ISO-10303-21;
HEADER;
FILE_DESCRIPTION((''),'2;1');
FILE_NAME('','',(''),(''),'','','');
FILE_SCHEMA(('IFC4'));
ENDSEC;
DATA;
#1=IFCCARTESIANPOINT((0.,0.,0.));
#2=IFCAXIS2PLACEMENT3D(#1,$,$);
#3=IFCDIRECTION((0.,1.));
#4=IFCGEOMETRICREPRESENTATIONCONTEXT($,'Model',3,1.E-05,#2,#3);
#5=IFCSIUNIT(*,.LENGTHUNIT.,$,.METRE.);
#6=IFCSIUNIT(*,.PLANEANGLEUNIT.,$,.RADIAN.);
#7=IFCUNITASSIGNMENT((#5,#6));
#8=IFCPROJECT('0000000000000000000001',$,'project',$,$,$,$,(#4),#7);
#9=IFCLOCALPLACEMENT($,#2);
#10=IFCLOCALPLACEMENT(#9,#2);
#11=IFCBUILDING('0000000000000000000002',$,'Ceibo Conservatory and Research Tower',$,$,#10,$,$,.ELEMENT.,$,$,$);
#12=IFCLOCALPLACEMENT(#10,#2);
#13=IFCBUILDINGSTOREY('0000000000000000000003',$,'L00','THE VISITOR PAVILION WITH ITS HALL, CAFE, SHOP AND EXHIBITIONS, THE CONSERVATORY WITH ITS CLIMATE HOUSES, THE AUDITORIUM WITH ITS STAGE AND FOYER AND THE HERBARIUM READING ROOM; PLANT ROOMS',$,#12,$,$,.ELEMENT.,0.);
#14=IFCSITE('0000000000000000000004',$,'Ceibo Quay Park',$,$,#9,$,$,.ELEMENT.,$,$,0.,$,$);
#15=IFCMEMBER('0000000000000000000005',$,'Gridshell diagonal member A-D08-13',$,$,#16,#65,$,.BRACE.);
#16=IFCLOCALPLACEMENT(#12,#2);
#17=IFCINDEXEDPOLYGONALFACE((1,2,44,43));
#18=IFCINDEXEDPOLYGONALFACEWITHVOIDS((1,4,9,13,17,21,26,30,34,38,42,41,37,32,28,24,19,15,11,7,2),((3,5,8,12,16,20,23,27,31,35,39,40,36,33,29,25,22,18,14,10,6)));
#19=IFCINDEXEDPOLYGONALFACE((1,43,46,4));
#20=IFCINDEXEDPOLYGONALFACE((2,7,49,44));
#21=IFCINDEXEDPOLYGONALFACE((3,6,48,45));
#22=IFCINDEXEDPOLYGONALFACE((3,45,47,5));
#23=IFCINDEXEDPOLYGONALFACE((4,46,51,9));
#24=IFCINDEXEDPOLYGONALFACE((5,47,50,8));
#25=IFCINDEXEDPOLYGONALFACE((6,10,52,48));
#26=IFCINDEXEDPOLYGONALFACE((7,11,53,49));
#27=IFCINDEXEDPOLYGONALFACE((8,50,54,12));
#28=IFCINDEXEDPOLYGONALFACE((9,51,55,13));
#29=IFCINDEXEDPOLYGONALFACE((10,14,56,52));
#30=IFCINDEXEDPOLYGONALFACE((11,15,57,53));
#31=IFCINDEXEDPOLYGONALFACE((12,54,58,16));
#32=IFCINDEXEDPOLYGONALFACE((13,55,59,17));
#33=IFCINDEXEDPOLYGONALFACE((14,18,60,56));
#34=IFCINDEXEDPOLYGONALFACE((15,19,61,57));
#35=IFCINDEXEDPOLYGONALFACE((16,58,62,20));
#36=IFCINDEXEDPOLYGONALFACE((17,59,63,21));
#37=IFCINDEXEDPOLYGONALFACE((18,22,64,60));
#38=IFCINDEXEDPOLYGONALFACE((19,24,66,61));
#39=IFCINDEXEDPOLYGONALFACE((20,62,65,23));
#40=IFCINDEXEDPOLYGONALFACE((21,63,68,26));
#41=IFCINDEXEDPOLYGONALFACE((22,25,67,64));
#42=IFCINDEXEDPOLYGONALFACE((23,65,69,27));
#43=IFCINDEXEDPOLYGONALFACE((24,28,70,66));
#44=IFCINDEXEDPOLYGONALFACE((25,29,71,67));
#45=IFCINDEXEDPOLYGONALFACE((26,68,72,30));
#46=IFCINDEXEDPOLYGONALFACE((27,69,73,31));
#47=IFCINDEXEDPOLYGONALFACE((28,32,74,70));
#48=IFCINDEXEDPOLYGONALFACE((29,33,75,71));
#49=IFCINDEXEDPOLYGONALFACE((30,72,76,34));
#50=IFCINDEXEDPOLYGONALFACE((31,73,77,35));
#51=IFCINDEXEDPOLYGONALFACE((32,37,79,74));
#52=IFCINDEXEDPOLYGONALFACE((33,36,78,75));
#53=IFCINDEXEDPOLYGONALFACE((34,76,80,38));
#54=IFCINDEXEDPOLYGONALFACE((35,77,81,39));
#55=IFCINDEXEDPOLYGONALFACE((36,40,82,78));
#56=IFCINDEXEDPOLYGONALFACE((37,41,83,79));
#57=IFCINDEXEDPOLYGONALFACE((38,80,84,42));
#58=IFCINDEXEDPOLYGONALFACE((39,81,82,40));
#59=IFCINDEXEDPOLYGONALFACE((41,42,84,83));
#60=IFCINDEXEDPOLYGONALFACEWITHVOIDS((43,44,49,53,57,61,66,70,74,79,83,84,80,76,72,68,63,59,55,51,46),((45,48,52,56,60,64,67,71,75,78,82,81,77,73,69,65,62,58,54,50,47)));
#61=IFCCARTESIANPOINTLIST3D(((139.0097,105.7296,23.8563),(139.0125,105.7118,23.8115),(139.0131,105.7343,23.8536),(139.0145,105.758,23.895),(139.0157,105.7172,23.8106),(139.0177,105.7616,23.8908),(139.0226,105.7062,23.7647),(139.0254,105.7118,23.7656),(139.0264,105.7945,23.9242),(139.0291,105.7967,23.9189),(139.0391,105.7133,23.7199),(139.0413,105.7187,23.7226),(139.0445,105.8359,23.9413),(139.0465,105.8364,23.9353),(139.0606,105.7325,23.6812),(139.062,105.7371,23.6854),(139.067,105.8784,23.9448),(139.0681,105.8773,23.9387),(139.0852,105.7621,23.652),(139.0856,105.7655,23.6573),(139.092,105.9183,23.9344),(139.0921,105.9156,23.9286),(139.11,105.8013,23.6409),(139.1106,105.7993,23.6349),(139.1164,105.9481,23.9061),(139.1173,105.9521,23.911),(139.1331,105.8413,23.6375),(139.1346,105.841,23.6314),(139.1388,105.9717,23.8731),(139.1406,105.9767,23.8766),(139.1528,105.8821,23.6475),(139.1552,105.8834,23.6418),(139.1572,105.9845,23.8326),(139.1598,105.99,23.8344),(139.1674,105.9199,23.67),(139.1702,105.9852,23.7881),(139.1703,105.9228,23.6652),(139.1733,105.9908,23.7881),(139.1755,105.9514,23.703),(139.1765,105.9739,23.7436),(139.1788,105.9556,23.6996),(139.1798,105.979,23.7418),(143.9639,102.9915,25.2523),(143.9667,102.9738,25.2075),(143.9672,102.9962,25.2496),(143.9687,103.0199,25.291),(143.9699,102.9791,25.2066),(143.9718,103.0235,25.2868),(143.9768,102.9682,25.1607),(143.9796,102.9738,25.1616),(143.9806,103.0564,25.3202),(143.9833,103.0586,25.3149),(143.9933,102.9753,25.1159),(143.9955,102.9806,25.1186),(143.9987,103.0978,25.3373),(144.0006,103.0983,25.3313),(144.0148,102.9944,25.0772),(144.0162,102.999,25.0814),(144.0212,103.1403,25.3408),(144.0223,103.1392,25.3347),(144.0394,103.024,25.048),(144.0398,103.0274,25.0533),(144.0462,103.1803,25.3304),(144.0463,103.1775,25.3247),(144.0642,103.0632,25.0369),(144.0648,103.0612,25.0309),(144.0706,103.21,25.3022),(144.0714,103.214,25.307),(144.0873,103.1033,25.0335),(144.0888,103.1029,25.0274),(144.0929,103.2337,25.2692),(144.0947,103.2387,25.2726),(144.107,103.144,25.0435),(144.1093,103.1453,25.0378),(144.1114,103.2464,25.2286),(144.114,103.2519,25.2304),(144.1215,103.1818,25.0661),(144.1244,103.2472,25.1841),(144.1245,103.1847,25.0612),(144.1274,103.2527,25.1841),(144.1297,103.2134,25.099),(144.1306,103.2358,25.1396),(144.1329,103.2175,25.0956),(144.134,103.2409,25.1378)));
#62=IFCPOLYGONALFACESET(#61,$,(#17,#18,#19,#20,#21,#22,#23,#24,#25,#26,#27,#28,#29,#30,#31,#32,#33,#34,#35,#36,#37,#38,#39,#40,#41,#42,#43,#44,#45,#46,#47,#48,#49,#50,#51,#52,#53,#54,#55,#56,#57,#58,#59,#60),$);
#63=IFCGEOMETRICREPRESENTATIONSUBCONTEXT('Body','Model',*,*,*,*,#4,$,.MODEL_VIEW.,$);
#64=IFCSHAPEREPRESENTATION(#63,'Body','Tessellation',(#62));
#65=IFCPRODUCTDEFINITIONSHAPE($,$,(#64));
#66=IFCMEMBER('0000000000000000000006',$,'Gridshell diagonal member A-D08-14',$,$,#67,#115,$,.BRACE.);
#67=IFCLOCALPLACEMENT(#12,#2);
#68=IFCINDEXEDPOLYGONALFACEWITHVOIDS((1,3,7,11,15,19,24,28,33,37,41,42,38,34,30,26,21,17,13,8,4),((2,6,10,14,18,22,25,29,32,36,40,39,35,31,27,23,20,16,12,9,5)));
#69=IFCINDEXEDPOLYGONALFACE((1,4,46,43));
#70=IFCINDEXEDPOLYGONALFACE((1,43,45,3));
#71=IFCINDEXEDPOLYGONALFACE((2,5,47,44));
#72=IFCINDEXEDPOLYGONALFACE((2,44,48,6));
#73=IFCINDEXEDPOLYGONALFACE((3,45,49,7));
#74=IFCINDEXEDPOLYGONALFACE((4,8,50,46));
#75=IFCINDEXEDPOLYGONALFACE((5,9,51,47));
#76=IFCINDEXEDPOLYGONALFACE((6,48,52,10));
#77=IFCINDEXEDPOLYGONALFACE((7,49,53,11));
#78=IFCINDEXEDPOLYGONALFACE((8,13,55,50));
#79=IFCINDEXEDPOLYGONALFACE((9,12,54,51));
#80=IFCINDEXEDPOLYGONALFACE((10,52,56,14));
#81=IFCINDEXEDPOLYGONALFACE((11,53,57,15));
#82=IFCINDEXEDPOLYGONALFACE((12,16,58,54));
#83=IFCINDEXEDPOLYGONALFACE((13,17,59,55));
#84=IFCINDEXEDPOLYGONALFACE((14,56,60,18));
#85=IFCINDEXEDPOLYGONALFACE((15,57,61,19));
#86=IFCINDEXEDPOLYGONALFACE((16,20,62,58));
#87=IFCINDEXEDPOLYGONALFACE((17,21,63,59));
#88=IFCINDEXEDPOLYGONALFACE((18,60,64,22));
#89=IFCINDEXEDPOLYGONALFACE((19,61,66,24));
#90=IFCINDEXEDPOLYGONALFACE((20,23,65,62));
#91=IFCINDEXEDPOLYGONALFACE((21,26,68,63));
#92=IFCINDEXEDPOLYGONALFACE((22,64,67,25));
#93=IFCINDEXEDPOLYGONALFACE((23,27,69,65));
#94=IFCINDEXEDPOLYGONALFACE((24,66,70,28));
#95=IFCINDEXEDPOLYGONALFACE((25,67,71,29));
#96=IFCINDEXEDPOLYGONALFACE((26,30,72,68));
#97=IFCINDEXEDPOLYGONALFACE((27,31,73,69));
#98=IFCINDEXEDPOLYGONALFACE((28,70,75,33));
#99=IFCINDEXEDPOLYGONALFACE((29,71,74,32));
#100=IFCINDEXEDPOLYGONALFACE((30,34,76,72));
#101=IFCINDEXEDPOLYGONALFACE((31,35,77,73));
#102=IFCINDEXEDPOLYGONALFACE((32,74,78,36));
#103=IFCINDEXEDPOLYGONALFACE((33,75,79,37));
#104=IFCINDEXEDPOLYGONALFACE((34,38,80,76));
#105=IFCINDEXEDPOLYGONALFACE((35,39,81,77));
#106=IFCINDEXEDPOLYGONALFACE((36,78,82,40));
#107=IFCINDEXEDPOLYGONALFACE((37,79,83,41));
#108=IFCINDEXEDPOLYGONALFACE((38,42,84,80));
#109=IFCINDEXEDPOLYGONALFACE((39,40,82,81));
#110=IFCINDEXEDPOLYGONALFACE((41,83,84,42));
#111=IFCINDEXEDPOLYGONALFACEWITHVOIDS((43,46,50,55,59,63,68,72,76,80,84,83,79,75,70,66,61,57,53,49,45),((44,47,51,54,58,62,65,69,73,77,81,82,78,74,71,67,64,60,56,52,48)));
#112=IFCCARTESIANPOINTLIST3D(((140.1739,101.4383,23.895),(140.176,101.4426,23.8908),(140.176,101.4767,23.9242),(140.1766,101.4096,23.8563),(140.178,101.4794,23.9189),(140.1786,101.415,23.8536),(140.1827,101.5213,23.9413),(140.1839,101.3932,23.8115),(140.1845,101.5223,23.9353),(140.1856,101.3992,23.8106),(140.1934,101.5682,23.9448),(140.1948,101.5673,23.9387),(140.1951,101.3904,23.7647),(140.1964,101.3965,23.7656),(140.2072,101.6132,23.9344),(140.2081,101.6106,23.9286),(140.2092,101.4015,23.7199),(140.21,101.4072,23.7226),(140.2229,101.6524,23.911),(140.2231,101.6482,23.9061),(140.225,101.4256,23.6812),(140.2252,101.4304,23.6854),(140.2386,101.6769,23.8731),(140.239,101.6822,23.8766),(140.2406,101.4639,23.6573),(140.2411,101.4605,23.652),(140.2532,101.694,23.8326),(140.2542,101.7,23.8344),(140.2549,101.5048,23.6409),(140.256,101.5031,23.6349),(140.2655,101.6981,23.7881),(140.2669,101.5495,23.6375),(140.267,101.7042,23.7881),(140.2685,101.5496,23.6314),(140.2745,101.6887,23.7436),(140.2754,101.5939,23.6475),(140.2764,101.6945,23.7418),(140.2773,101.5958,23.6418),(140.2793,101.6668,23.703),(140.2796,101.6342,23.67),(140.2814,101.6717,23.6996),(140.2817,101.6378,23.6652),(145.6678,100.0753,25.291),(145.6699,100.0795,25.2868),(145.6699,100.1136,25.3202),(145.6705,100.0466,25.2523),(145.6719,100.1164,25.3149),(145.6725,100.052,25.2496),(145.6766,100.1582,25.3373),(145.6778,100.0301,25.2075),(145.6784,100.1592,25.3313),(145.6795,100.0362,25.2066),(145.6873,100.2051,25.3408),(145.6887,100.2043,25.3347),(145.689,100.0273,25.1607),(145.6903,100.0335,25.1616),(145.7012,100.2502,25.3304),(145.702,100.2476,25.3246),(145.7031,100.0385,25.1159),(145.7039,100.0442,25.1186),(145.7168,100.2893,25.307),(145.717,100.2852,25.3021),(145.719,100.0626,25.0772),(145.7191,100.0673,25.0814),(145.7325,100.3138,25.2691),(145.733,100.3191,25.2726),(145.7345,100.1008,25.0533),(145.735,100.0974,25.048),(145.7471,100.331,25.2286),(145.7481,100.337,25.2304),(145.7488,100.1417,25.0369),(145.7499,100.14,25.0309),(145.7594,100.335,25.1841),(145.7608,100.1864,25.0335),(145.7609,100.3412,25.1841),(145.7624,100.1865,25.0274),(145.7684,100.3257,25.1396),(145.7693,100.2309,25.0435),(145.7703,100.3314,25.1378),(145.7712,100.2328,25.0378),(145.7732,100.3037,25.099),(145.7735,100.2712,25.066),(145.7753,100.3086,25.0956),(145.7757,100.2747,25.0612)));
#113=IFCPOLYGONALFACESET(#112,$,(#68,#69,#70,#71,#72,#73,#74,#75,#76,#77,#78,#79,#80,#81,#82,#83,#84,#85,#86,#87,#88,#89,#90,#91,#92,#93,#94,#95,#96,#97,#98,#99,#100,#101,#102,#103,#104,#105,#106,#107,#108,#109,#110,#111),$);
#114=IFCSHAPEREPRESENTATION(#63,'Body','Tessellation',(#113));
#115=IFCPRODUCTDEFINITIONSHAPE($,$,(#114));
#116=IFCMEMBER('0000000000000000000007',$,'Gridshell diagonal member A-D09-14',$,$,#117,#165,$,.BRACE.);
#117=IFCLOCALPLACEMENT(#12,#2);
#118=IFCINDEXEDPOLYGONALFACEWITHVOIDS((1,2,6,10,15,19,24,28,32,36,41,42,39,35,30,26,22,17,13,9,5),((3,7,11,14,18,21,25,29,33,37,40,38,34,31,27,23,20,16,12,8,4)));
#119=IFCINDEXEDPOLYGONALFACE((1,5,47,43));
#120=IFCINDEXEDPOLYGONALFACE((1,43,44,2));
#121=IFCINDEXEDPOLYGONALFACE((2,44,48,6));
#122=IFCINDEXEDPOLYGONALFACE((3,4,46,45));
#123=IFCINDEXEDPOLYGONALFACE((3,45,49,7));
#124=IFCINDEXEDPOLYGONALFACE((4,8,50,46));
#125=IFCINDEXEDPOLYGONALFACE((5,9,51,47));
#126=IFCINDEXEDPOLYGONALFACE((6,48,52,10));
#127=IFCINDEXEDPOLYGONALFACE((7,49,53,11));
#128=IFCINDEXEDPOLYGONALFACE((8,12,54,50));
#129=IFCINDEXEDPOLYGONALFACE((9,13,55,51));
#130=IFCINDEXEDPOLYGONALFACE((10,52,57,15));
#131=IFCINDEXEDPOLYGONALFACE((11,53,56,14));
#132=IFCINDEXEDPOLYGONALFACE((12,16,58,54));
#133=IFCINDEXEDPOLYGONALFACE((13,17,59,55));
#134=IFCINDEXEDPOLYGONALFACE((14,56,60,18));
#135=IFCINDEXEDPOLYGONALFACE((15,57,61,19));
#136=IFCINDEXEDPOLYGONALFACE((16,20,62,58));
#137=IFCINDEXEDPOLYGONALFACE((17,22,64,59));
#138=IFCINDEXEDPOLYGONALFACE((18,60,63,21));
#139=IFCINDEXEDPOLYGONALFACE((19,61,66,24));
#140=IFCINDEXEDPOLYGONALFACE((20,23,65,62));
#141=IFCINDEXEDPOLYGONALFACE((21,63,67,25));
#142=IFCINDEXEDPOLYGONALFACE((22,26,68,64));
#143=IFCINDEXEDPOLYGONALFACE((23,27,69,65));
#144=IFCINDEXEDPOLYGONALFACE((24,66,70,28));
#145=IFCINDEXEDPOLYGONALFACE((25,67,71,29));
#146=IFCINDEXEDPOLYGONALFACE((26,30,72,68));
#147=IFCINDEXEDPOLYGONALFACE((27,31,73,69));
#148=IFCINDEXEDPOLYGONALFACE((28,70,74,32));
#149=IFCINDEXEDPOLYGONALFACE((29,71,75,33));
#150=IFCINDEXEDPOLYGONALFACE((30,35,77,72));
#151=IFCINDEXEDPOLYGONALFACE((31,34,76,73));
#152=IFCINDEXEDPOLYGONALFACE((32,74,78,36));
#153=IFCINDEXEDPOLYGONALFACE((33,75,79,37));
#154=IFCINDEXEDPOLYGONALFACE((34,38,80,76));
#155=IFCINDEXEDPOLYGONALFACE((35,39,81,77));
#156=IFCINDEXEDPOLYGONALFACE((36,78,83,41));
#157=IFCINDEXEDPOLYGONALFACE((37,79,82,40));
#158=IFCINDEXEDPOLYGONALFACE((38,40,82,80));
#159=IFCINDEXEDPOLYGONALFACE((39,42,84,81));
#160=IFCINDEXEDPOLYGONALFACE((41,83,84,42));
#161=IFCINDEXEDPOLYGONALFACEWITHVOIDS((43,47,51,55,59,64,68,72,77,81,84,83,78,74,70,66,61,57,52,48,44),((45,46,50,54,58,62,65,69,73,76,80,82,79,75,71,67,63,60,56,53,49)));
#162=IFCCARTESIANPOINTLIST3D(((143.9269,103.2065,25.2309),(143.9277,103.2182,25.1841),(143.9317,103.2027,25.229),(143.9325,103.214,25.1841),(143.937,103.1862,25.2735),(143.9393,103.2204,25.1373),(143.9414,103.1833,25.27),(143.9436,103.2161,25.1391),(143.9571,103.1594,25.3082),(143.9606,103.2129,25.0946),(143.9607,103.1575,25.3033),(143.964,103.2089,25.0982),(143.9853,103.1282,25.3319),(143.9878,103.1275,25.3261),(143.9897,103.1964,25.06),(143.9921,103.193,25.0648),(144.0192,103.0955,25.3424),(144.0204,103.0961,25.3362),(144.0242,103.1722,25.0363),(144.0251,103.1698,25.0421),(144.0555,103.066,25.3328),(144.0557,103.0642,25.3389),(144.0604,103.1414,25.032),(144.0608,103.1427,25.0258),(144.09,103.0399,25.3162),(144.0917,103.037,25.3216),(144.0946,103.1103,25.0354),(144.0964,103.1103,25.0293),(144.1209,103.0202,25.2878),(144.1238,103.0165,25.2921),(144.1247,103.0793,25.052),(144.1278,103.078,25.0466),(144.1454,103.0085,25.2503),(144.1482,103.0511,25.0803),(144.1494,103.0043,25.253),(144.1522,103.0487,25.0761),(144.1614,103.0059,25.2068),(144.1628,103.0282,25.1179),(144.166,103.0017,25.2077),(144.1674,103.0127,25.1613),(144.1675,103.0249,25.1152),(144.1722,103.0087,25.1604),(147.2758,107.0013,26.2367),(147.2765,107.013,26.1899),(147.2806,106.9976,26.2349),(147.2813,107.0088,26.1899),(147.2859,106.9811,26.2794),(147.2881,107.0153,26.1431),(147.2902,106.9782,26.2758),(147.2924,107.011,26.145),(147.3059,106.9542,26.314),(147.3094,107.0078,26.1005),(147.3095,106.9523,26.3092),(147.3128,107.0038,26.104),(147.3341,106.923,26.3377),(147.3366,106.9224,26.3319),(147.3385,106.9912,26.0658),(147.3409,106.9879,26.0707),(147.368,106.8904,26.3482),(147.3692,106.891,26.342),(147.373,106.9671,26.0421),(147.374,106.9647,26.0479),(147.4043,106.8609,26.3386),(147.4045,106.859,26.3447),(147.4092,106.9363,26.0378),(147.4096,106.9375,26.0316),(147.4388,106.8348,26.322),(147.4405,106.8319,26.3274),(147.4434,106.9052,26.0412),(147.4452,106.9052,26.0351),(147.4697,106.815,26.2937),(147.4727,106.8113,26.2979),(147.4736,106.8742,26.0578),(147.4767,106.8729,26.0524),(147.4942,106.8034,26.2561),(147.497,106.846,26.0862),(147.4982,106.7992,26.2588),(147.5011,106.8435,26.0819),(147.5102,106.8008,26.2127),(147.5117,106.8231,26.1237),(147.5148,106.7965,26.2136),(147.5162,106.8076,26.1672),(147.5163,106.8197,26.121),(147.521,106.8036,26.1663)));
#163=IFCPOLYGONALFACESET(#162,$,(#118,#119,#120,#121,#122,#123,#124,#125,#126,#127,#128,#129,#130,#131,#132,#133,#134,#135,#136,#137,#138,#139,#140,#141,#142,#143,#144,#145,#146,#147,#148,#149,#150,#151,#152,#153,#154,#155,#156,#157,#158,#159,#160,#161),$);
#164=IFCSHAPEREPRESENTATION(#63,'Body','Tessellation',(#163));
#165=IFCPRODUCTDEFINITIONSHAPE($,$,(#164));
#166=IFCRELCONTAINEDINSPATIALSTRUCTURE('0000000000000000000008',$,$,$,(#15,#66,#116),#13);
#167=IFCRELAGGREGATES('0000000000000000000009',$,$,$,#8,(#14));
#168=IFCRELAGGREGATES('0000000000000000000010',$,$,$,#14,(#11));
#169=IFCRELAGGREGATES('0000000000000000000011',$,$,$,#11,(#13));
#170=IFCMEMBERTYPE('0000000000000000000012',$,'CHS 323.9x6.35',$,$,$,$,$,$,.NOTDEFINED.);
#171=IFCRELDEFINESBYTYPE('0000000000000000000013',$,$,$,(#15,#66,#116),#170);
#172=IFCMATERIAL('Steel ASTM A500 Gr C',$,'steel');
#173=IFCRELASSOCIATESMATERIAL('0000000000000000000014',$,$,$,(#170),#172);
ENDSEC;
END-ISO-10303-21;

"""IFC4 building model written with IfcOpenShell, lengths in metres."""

from ifc_helpers import new_model, si_unit, direction, frame, origin, origin_2d, place, context, subcontext, project, spatial, hollow_circle, extrude, material, material_profile, profile_set, type_object, element, save


model = new_model("IFC4")

# Units and contexts
model_context = context("Model", 3, precision=1e-05, world=origin(), true_north=direction((0.0, 1.0)))
body_context = subcontext(model_context, "Body", "Model", "MODEL_VIEW")
ifc_project = project(units=[si_unit("LENGTHUNIT", "METRE"), si_unit("PLANEANGLEUNIT", "RADIAN")], contexts=[model_context])

# Site, building, storey
site_placement = place(None, origin())
site = spatial("IfcSite", under=ifc_project, at=site_placement, Name="Ceibo Quay Park", CompositionType="ELEMENT", RefElevation=0.0)
building_placement = place(site_placement, origin())
building = spatial("IfcBuilding", under=site, at=building_placement, Name="Ceibo Conservatory and Research Tower", CompositionType="ELEMENT")
storey_placement = place(building_placement, origin())
storey = spatial("IfcBuildingStorey", under=building, at=storey_placement, Name="L00", Description="THE VISITOR PAVILION WITH ITS HALL, CAFE, SHOP AND EXHIBITIONS, THE CONSERVATORY WITH ITS CLIMATE HOUSES, THE AUDITORIUM WITH ITS STAGE AND FOYER AND THE HERBARIUM READING ROOM; PLANT ROOMS", CompositionType="ELEMENT", Elevation=0.0)

# Members
ifc_material_1 = material(Name="Steel ASTM A500 Gr C", Category="steel")
ifc_material_profile_1 = material_profile(ifc_material_1, hollow_circle(Radius=0.1619, WallThickness=0.0063, at=origin_2d()), Name="CHS 323.9x6.35")
ifc_profile_set_1 = profile_set([ifc_material_profile_1], Name="Steel ASTM A500 Gr C")
member_type_1 = type_object("IfcMemberType", Name="CHS 323.9x6.35", PredefinedType="NOTDEFINED", material=ifc_profile_set_1)
for number, where, z_axis, x_axis, name in (
    (1, (139.095, 105.8491, 23.7881), (0.849762, -0.469647, 0.239451), (0.483719, 0.875223, 0.0), "Gridshell diagonal member A-D08-13"),
    (2, (140.228, 101.5471, 23.7881), (0.94234, -0.233795, 0.239448), (0.2408, 0.970575, 0.0), "Gridshell diagonal member A-D08-14"),
):
    element("IfcMember", number, at=place(storey_placement, frame(where, z_axis=z_axis, x_axis=x_axis)), inside=storey, type_object=member_type_1, Name=name, PredefinedType="BRACE", context=body_context, shape_type="SweptSolid", body=[
        extrude(hollow_circle(Radius=0.1619, WallThickness=0.0063, at=origin_2d()), origin(), (0.0, 0.0, 1.0), 5.8301),
    ])
member_1_placement = place(storey_placement, frame((144.0491, 103.1111, 25.1841), z_axis=(0.648976, 0.735415, 0.194925), x_axis=(-0.749797, 0.661668, 0.0)))
element("IfcMember", 3, at=member_1_placement, inside=storey, type_object=member_type_1, Name="Gridshell diagonal member A-D09-14", PredefinedType="BRACE", context=body_context, shape_type="SweptSolid", body=[
    extrude(hollow_circle(Radius=0.1619, WallThickness=0.0063, at=origin_2d()), origin(), (0.0, 0.0, 1.0), 5.1602),
])

save(model, "model.ifc")
